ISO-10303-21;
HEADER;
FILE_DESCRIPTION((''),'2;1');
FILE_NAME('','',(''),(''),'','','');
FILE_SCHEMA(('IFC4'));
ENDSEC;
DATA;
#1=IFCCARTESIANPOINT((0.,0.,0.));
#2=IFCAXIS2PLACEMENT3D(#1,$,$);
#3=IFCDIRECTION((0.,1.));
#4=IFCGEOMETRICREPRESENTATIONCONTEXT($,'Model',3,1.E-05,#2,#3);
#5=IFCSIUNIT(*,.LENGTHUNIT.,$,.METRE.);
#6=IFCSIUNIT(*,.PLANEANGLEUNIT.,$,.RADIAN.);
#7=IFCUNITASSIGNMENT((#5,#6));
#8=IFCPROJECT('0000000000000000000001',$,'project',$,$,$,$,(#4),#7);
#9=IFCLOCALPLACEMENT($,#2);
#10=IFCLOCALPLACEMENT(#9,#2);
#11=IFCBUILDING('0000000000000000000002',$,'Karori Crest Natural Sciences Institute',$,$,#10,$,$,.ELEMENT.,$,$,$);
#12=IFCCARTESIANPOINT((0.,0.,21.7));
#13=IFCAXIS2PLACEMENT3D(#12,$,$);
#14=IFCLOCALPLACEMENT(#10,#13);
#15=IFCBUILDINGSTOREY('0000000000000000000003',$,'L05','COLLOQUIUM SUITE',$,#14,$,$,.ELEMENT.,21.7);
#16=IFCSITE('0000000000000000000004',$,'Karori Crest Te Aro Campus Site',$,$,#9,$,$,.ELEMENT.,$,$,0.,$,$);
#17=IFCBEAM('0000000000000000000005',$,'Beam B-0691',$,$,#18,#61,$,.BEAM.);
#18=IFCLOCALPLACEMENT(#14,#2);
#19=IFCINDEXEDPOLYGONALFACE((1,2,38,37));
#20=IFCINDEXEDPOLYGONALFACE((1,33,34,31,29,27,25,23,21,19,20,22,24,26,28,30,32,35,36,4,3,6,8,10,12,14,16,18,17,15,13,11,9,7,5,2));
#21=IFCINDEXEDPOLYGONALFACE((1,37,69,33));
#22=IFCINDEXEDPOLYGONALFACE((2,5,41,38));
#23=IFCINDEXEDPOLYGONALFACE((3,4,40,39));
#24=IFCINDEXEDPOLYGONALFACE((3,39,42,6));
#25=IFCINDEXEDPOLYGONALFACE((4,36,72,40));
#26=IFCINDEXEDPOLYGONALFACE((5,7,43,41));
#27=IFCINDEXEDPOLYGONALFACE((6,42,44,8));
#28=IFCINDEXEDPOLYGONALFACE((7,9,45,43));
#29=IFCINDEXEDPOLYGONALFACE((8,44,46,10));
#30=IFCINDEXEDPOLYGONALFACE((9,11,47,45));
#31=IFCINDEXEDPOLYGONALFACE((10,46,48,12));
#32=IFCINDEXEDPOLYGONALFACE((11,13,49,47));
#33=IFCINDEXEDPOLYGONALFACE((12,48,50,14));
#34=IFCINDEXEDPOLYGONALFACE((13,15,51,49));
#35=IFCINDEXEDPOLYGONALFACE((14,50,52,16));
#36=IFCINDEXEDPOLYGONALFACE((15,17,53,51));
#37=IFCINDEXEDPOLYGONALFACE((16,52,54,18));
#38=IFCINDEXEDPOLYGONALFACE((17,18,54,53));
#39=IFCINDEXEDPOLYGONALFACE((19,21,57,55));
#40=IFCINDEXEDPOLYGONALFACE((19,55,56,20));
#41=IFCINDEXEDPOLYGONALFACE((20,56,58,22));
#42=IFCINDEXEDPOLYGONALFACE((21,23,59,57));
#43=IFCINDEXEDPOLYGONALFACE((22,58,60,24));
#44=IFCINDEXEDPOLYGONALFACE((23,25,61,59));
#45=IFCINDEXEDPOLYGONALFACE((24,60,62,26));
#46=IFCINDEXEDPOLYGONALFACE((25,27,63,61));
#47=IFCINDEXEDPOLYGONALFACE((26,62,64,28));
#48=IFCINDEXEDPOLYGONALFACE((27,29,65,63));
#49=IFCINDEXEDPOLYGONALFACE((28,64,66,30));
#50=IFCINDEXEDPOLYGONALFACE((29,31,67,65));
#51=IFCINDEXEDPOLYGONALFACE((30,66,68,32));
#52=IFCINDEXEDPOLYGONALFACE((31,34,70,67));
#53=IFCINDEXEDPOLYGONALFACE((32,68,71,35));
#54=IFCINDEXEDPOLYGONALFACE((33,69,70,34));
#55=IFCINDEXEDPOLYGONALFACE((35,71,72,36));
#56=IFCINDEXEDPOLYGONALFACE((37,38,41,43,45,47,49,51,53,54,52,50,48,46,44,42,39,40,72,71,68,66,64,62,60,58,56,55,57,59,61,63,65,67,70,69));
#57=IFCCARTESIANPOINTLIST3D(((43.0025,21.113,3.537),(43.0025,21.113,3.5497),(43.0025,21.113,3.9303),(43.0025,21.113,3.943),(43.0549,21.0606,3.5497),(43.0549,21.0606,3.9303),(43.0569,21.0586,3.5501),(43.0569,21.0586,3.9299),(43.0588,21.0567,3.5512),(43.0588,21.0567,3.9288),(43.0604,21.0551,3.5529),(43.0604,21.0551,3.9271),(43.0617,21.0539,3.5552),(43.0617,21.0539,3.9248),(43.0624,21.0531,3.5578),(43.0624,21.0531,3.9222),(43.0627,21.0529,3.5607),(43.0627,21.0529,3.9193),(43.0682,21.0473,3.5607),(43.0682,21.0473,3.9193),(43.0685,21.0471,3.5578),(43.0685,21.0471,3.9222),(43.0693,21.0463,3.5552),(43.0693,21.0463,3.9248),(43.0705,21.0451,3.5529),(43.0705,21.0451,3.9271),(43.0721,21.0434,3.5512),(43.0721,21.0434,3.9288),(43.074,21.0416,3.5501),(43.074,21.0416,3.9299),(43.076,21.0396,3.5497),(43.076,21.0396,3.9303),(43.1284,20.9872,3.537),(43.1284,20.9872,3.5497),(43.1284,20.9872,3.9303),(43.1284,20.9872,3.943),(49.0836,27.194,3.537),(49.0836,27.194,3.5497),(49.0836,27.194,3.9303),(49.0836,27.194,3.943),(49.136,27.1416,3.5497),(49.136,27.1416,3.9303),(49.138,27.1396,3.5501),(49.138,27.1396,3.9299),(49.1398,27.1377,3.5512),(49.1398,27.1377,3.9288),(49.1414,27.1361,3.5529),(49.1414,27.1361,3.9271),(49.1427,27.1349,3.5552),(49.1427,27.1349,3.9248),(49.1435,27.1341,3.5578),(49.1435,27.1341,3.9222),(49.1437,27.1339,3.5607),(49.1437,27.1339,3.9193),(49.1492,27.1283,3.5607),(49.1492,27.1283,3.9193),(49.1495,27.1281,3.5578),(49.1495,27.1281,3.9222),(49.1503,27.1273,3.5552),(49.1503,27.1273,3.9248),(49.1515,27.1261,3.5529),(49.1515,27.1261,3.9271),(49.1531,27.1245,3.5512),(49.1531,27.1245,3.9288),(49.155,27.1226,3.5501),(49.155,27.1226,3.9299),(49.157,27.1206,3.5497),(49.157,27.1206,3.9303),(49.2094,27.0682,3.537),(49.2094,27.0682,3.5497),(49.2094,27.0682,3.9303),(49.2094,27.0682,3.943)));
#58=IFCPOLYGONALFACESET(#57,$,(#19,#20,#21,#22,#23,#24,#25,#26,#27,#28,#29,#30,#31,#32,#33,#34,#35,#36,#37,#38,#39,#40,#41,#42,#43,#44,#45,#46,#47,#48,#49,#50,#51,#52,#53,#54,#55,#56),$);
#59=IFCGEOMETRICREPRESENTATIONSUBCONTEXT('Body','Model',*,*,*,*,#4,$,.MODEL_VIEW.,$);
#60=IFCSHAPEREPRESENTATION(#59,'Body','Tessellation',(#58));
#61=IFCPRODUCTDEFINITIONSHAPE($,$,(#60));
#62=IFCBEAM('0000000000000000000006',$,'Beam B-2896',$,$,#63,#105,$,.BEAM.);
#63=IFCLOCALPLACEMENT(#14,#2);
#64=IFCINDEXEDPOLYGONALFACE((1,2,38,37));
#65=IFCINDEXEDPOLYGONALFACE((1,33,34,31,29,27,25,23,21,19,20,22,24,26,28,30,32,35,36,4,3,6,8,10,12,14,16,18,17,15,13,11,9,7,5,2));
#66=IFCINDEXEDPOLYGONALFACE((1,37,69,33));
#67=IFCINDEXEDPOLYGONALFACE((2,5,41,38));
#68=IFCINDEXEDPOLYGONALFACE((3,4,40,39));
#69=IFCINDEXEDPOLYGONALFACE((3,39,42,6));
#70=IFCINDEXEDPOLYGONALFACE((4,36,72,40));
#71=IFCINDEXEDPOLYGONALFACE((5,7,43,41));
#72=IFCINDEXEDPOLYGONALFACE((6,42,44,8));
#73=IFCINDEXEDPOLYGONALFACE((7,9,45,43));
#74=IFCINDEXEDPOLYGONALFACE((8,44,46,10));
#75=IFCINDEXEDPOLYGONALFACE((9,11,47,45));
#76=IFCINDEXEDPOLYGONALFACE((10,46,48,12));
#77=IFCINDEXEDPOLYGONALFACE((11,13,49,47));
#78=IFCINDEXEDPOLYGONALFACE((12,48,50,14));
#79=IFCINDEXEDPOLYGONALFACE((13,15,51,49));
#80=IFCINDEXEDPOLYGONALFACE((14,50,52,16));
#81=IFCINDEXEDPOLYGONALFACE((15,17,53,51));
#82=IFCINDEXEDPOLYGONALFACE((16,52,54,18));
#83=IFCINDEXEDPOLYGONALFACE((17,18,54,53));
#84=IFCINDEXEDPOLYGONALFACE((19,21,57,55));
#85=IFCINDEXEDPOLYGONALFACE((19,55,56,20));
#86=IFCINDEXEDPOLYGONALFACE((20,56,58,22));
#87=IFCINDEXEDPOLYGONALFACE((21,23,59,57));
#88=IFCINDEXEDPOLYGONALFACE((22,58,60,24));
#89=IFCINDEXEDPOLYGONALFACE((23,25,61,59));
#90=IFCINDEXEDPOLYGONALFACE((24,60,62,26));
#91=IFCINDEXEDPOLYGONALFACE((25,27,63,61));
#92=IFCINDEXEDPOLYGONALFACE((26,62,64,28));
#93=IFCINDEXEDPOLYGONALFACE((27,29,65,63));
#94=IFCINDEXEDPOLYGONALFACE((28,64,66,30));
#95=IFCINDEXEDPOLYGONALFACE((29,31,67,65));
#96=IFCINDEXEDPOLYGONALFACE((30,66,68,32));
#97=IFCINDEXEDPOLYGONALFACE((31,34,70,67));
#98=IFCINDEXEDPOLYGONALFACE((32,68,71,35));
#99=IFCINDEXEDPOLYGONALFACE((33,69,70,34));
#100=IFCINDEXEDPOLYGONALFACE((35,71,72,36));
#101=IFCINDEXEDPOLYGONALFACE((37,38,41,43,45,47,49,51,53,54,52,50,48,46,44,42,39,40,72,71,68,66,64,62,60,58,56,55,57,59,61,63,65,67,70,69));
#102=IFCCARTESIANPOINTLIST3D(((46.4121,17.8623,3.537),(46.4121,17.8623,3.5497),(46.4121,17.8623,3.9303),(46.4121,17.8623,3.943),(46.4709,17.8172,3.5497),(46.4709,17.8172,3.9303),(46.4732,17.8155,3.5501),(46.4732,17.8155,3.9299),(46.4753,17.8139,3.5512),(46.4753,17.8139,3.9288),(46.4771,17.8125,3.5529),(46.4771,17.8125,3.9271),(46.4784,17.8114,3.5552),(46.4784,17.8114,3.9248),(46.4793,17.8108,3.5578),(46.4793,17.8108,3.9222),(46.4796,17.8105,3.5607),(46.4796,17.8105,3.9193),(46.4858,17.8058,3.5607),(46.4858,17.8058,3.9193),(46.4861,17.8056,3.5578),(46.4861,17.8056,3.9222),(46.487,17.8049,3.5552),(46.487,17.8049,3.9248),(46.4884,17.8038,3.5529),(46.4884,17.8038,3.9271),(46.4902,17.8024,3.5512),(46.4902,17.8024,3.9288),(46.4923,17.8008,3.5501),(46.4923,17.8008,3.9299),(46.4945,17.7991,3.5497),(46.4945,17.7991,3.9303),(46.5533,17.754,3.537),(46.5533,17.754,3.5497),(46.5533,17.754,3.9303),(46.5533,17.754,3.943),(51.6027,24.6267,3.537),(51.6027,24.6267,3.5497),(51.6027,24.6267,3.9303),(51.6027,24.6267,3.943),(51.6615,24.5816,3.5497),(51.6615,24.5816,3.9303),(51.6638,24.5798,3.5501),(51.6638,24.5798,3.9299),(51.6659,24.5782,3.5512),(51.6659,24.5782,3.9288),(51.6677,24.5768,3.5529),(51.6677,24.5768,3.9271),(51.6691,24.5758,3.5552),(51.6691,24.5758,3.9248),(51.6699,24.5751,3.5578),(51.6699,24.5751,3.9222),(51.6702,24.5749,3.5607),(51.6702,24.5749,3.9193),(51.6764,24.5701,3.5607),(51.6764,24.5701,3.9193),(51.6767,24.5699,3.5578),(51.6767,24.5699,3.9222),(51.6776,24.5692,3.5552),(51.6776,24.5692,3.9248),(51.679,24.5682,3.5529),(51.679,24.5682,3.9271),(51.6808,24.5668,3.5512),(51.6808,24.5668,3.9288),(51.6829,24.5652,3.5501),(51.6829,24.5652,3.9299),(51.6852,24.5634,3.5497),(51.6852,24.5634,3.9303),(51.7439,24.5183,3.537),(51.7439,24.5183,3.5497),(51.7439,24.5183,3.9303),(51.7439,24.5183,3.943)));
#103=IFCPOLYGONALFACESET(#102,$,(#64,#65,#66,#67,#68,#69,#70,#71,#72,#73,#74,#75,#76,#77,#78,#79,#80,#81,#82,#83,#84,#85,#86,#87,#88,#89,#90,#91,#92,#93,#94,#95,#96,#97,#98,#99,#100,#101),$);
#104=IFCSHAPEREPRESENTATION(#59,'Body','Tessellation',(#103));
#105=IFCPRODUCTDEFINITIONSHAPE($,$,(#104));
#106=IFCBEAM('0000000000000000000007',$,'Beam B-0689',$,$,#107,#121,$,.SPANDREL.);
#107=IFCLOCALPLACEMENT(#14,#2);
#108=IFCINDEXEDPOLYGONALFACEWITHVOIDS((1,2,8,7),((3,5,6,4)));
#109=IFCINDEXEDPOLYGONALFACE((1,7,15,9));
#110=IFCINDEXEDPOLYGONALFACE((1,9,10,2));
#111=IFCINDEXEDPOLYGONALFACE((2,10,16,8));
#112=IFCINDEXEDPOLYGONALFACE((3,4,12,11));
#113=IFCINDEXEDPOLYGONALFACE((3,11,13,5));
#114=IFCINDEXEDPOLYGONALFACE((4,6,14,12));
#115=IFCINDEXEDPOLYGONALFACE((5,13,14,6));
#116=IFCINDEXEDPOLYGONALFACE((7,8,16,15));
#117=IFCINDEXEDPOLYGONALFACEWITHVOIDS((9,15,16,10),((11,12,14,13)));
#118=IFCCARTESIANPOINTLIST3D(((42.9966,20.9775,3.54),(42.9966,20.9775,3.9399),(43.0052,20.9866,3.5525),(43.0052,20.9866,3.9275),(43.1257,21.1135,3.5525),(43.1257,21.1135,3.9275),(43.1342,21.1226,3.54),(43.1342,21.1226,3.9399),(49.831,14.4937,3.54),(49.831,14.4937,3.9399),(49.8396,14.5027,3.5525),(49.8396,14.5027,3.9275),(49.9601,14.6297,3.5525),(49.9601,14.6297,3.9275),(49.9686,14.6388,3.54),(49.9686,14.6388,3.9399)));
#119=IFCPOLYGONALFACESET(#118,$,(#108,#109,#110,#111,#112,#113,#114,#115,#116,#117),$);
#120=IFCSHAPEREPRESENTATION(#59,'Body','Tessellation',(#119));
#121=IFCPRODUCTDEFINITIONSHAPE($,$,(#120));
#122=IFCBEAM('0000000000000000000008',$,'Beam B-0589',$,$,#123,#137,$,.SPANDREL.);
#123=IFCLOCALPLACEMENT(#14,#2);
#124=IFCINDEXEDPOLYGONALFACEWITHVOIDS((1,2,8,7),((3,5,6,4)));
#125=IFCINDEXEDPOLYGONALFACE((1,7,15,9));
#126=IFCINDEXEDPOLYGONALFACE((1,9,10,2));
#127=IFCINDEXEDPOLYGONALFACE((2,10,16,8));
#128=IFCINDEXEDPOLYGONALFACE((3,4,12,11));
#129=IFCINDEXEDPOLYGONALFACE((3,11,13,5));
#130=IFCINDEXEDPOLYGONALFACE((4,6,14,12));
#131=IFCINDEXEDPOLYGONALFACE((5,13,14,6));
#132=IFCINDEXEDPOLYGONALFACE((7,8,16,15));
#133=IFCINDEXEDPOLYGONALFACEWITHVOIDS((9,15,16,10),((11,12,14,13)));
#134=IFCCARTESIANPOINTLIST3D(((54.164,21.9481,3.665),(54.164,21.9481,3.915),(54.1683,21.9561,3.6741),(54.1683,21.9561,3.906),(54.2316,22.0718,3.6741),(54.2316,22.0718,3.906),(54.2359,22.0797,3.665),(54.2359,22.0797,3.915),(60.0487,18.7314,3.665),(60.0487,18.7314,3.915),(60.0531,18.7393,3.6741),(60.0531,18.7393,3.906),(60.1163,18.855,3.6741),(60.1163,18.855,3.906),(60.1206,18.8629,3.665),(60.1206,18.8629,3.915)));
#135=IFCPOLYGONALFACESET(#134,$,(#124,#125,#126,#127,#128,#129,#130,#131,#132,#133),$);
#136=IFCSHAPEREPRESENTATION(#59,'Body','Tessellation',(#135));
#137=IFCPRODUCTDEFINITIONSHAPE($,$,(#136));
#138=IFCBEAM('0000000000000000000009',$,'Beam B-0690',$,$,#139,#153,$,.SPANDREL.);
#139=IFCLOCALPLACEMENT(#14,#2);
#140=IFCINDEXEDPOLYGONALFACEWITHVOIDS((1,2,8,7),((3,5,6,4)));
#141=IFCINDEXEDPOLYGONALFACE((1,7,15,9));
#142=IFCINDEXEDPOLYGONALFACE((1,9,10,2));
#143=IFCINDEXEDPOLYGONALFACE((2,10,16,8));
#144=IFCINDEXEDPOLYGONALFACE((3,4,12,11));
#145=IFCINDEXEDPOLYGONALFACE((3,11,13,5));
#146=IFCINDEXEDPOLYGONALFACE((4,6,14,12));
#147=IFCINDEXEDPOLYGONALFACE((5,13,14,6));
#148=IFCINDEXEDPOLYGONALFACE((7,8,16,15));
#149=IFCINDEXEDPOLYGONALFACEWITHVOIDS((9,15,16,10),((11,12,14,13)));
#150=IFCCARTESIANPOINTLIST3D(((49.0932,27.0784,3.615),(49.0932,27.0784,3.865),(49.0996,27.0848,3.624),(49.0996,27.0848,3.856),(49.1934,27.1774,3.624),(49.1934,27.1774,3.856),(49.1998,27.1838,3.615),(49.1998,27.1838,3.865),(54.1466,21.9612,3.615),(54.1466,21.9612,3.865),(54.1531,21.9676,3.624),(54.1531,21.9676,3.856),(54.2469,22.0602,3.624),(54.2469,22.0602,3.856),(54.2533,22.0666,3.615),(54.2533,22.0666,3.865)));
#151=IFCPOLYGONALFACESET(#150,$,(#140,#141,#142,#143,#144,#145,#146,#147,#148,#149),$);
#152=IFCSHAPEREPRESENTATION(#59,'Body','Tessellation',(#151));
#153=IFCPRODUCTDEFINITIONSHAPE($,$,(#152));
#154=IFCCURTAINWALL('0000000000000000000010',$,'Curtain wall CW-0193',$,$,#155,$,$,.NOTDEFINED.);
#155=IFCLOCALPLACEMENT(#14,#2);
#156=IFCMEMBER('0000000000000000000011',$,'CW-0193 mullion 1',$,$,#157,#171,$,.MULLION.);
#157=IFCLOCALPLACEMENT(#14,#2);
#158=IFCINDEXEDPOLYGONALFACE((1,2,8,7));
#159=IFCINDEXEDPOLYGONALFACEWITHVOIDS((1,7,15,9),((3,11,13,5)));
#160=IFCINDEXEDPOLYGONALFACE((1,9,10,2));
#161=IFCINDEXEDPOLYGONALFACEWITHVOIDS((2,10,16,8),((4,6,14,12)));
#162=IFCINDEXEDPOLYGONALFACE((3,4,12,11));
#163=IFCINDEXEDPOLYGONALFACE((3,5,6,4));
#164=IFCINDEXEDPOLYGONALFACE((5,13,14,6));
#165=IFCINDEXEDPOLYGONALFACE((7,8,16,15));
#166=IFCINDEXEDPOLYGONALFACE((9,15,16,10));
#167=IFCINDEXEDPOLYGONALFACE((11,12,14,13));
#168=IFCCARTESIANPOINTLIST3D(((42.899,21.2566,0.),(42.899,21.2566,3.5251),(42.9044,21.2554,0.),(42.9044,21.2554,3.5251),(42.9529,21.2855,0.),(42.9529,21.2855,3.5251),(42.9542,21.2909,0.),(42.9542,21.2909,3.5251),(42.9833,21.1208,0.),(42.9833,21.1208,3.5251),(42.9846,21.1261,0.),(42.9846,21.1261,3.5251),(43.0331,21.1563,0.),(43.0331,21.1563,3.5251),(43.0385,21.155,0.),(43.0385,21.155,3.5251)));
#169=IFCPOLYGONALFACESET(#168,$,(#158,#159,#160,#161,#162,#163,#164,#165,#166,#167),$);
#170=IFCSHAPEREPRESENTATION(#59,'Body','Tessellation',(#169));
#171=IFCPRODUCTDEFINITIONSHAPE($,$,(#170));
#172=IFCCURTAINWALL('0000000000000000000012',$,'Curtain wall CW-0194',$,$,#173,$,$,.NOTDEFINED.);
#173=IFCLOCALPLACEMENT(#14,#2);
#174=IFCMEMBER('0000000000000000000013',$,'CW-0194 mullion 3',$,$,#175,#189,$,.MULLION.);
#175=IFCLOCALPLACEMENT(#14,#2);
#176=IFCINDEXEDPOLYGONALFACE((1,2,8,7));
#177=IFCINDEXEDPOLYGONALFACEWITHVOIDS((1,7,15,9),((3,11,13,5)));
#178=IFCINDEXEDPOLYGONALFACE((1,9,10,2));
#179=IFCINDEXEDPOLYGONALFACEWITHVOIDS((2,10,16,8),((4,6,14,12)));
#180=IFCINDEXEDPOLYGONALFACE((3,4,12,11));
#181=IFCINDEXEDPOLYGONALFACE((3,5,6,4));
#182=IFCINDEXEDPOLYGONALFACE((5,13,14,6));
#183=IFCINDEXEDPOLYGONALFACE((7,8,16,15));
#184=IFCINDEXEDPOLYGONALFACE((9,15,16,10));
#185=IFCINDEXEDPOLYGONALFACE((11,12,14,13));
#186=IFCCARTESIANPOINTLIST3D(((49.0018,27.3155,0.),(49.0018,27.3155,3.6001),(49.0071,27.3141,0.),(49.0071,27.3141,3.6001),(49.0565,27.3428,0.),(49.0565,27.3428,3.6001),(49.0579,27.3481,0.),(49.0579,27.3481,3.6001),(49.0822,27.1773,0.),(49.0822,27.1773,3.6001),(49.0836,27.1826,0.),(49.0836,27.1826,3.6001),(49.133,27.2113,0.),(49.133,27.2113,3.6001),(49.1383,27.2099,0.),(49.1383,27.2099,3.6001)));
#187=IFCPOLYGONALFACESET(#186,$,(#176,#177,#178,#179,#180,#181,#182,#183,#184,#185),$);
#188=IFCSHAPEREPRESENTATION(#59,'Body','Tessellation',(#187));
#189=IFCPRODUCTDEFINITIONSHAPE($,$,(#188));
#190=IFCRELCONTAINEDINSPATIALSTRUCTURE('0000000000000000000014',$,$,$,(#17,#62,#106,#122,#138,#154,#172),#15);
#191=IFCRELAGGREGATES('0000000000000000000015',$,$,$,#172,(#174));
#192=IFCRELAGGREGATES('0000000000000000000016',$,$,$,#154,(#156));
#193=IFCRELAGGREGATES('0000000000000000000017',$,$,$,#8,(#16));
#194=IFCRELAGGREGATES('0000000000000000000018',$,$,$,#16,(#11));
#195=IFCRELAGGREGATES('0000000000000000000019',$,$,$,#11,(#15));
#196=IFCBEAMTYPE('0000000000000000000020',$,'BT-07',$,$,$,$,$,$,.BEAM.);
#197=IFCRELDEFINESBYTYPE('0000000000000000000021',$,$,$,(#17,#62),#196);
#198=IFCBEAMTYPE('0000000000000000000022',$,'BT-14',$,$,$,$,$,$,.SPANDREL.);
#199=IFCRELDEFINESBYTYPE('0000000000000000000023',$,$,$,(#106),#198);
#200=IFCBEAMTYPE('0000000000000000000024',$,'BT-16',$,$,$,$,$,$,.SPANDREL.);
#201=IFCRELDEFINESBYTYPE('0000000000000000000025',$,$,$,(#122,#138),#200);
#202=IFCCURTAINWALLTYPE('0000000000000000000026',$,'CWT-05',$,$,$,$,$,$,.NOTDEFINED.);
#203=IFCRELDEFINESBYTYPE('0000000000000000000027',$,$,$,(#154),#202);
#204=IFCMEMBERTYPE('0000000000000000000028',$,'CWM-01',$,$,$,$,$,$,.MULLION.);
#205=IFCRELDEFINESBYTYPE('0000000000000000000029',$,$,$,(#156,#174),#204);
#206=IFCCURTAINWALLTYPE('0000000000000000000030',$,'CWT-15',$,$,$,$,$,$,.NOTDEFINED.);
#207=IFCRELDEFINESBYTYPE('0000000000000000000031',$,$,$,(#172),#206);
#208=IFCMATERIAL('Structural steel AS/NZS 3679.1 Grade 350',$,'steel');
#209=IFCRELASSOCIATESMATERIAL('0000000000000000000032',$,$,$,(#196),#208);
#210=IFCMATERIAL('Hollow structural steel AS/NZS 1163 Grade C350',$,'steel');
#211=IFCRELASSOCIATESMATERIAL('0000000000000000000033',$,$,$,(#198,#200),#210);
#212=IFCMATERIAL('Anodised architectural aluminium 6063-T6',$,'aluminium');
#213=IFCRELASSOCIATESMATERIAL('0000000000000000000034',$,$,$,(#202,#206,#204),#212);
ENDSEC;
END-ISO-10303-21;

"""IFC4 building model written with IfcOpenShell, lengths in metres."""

from ifc_helpers import new_model, si_unit, direction, frame, origin, origin_2d, place, context, subcontext, project, spatial, hollow_rectangle, i_section, extrude, material, material_profile, profile_set, type_object, element, aggregate, save


model = new_model("IFC4")

# Units and contexts
model_context = context("Model", 3, precision=1e-05, world=origin(), true_north=direction((0.0, 1.0)))
body_context = subcontext(model_context, "Body", "Model", "MODEL_VIEW")
ifc_project = project(units=[si_unit("LENGTHUNIT", "METRE"), si_unit("PLANEANGLEUNIT", "RADIAN")], contexts=[model_context])

# Site, building, storey
site_placement = place(None, origin())
site = spatial("IfcSite", under=ifc_project, at=site_placement, Name="Karori Crest Te Aro Campus Site", CompositionType="ELEMENT", RefElevation=0.0)
building_placement = place(site_placement, origin())
building = spatial("IfcBuilding", under=site, at=building_placement, Name="Karori Crest Natural Sciences Institute", CompositionType="ELEMENT")
storey_placement = place(building_placement, frame((0.0, 0.0, 21.7)))
storey = spatial("IfcBuildingStorey", under=building, at=storey_placement, Name="L05", Description="COLLOQUIUM SUITE", CompositionType="ELEMENT", Elevation=21.7)

# Shared definitions
ifc_material_1 = material(Name="Structural steel AS/NZS 3679.1 Grade 350", Category="steel")

# Beams
ifc_material_profile_1 = material_profile(ifc_material_1, i_section(OverallWidth=0.178, OverallDepth=0.406, WebThickness=0.0078, FlangeThickness=0.0127, FilletRadius=0.011, at=origin_2d()), Name="410UB59.7")
ifc_profile_set_1 = profile_set([ifc_material_profile_1], Name="Structural steel AS/NZS 3679.1 Grade 350")
beam_type_1 = type_object("IfcBeamType", Name="BT-07", PredefinedType="BEAM", material=ifc_profile_set_1)
beam_1_placement = place(storey_placement, frame((49.1465, 27.1311, 3.74), z_axis=(-0.707107, -0.707107, 0.0), x_axis=(0.707107, -0.707107, 0.0)))
element("IfcBeam", 1, at=beam_1_placement, inside=storey, type_object=beam_type_1, Name="Beam B-0691", PredefinedType="BEAM", context=body_context, shape_type="SweptSolid", body=[
    extrude(i_section(OverallWidth=0.178, OverallDepth=0.406, WebThickness=0.0078, FlangeThickness=0.0127, FilletRadius=0.011, at=origin_2d()), origin(), (0.0, 0.0, 1.0), 8.5999),
])
beam_2_placement = place(storey_placement, frame((51.6733, 24.5725, 3.74), z_axis=(-0.608774, -0.793344, 0.0), x_axis=(0.793344, -0.608774, 0.0)))
element("IfcBeam", 2, at=beam_2_placement, inside=storey, type_object=beam_type_1, Name="Beam B-2896", PredefinedType="BEAM", context=body_context, shape_type="SweptSolid", body=[
    extrude(i_section(OverallWidth=0.178, OverallDepth=0.406, WebThickness=0.0078, FlangeThickness=0.0127, FilletRadius=0.011, at=origin_2d()), origin(), (0.0, 0.0, 1.0), 8.5264),
])
ifc_material_2 = material(Name="Hollow structural steel AS/NZS 1163 Grade C350", Category="steel")
ifc_material_profile_2 = material_profile(ifc_material_2, hollow_rectangle(XDim=0.2, YDim=0.3999, WallThickness=0.0125, at=origin_2d()), Name="RHS400x200x12.5")
ifc_profile_set_2 = profile_set([ifc_material_profile_2], Name="Hollow structural steel AS/NZS 1163 Grade C350")
beam_type_2 = type_object("IfcBeamType", Name="BT-14", PredefinedType="SPANDREL", material=ifc_profile_set_2)
beam_3_placement = place(storey_placement, frame((43.0654, 21.05, 3.74), z_axis=(0.725469, -0.688255, 0.0), x_axis=(0.688255, 0.725469, 0.0)))
element("IfcBeam", 3, at=beam_3_placement, inside=storey, type_object=beam_type_2, Name="Beam B-0689", PredefinedType="SPANDREL", context=body_context, shape_type="SweptSolid", body=[
    extrude(hollow_rectangle(XDim=0.2, YDim=0.3999, WallThickness=0.0125, at=origin_2d()), origin(), (0.0, 0.0, 1.0), 9.4207),
])
ifc_material_profile_3 = material_profile(ifc_material_2, hollow_rectangle(XDim=0.1499, YDim=0.25, WallThickness=0.009, at=origin_2d()), Name="RHS250x150x9")
ifc_profile_set_3 = profile_set([ifc_material_profile_3], Name="Hollow structural steel AS/NZS 1163 Grade C350")
beam_type_3 = type_object("IfcBeamType", Name="BT-16", PredefinedType="SPANDREL", material=ifc_profile_set_3)
beam_4_placement = place(storey_placement, frame((54.2, 22.0139, 3.79), z_axis=(0.877461, -0.479648, 0.0), x_axis=(0.479648, 0.877461, 0.0)))
element("IfcBeam", 4, at=beam_4_placement, inside=storey, type_object=beam_type_3, Name="Beam B-0589", PredefinedType="SPANDREL", context=body_context, shape_type="SweptSolid", body=[
    extrude(hollow_rectangle(XDim=0.1499, YDim=0.25, WallThickness=0.009, at=origin_2d()), origin(), (0.0, 0.0, 1.0), 6.7065),
])
beam_5_placement = place(storey_placement, frame((49.1465, 27.1311, 3.74), z_axis=(0.702663, -0.711523, 0.0), x_axis=(0.711523, 0.702663, 0.0)))
element("IfcBeam", 5, at=beam_5_placement, inside=storey, type_object=beam_type_3, Name="Beam B-0690", PredefinedType="SPANDREL", context=body_context, shape_type="SweptSolid", body=[
    extrude(hollow_rectangle(XDim=0.1499, YDim=0.25, WallThickness=0.009, at=origin_2d()), origin(), (0.0, 0.0, 1.0), 7.1919),
])

# Curtain walls, members
ifc_material_3 = material(Name="Anodised architectural aluminium 6063-T6", Category="aluminium")
curtain_wall_type_1 = type_object("IfcCurtainWallType", Name="CWT-05", PredefinedType="NOTDEFINED", material=ifc_material_3)
curtain_wall_1_placement = place(storey_placement, origin())
curtain_wall_1 = element("IfcCurtainWall", 6, at=curtain_wall_1_placement, inside=storey, type_object=curtain_wall_type_1, Name="Curtain wall CW-0193", PredefinedType="NOTDEFINED")
ifc_material_profile_4 = material_profile(ifc_material_3, hollow_rectangle(XDim=0.0649, YDim=0.1599, WallThickness=0.0039, at=origin_2d()), Name="CWM160x65x4")
ifc_profile_set_4 = profile_set([ifc_material_profile_4], Name="Anodised architectural aluminium 6063-T6")
member_type_1 = type_object("IfcMemberType", Name="CWM-01", PredefinedType="MULLION", material=ifc_profile_set_4)
member_1_placement = place(storey_placement, frame((42.9688, 21.2058, 0.0), z_axis=(0.0, 0.0, 1.0), x_axis=(-0.849662, -0.527328, 0.0)))
member_1 = element("IfcMember", 7, at=member_1_placement, type_object=member_type_1, Name="CW-0193 mullion 1", PredefinedType="MULLION", context=body_context, shape_type="SweptSolid", body=[
    extrude(hollow_rectangle(XDim=0.0649, YDim=0.1599, WallThickness=0.0039, at=origin_2d()), origin(), (0.0, 0.0, 1.0), 3.5251),
])
curtain_wall_type_2 = type_object("IfcCurtainWallType", Name="CWT-15", PredefinedType="NOTDEFINED", material=ifc_material_3)
curtain_wall_2_placement = place(storey_placement, origin())
curtain_wall_2 = element("IfcCurtainWall", 8, at=curtain_wall_2_placement, inside=storey, type_object=curtain_wall_type_2, Name="Curtain wall CW-0194", PredefinedType="NOTDEFINED")
member_2_placement = place(storey_placement, frame((49.0701, 27.2627, 0.0), z_axis=(0.0, 0.0, 1.0), x_axis=(0.864487, 0.502655, 0.0)))
member_2 = element("IfcMember", 9, at=member_2_placement, type_object=member_type_1, Name="CW-0194 mullion 3", PredefinedType="MULLION", context=body_context, shape_type="SweptSolid", body=[
    extrude(hollow_rectangle(XDim=0.0649, YDim=0.1599, WallThickness=0.0039, at=origin_2d()), origin(), (0.0, 0.0, 1.0), 3.6001),
])
aggregate(curtain_wall_2, [member_2])

aggregate(curtain_wall_1, [member_1])

save(model, "model.ifc")
